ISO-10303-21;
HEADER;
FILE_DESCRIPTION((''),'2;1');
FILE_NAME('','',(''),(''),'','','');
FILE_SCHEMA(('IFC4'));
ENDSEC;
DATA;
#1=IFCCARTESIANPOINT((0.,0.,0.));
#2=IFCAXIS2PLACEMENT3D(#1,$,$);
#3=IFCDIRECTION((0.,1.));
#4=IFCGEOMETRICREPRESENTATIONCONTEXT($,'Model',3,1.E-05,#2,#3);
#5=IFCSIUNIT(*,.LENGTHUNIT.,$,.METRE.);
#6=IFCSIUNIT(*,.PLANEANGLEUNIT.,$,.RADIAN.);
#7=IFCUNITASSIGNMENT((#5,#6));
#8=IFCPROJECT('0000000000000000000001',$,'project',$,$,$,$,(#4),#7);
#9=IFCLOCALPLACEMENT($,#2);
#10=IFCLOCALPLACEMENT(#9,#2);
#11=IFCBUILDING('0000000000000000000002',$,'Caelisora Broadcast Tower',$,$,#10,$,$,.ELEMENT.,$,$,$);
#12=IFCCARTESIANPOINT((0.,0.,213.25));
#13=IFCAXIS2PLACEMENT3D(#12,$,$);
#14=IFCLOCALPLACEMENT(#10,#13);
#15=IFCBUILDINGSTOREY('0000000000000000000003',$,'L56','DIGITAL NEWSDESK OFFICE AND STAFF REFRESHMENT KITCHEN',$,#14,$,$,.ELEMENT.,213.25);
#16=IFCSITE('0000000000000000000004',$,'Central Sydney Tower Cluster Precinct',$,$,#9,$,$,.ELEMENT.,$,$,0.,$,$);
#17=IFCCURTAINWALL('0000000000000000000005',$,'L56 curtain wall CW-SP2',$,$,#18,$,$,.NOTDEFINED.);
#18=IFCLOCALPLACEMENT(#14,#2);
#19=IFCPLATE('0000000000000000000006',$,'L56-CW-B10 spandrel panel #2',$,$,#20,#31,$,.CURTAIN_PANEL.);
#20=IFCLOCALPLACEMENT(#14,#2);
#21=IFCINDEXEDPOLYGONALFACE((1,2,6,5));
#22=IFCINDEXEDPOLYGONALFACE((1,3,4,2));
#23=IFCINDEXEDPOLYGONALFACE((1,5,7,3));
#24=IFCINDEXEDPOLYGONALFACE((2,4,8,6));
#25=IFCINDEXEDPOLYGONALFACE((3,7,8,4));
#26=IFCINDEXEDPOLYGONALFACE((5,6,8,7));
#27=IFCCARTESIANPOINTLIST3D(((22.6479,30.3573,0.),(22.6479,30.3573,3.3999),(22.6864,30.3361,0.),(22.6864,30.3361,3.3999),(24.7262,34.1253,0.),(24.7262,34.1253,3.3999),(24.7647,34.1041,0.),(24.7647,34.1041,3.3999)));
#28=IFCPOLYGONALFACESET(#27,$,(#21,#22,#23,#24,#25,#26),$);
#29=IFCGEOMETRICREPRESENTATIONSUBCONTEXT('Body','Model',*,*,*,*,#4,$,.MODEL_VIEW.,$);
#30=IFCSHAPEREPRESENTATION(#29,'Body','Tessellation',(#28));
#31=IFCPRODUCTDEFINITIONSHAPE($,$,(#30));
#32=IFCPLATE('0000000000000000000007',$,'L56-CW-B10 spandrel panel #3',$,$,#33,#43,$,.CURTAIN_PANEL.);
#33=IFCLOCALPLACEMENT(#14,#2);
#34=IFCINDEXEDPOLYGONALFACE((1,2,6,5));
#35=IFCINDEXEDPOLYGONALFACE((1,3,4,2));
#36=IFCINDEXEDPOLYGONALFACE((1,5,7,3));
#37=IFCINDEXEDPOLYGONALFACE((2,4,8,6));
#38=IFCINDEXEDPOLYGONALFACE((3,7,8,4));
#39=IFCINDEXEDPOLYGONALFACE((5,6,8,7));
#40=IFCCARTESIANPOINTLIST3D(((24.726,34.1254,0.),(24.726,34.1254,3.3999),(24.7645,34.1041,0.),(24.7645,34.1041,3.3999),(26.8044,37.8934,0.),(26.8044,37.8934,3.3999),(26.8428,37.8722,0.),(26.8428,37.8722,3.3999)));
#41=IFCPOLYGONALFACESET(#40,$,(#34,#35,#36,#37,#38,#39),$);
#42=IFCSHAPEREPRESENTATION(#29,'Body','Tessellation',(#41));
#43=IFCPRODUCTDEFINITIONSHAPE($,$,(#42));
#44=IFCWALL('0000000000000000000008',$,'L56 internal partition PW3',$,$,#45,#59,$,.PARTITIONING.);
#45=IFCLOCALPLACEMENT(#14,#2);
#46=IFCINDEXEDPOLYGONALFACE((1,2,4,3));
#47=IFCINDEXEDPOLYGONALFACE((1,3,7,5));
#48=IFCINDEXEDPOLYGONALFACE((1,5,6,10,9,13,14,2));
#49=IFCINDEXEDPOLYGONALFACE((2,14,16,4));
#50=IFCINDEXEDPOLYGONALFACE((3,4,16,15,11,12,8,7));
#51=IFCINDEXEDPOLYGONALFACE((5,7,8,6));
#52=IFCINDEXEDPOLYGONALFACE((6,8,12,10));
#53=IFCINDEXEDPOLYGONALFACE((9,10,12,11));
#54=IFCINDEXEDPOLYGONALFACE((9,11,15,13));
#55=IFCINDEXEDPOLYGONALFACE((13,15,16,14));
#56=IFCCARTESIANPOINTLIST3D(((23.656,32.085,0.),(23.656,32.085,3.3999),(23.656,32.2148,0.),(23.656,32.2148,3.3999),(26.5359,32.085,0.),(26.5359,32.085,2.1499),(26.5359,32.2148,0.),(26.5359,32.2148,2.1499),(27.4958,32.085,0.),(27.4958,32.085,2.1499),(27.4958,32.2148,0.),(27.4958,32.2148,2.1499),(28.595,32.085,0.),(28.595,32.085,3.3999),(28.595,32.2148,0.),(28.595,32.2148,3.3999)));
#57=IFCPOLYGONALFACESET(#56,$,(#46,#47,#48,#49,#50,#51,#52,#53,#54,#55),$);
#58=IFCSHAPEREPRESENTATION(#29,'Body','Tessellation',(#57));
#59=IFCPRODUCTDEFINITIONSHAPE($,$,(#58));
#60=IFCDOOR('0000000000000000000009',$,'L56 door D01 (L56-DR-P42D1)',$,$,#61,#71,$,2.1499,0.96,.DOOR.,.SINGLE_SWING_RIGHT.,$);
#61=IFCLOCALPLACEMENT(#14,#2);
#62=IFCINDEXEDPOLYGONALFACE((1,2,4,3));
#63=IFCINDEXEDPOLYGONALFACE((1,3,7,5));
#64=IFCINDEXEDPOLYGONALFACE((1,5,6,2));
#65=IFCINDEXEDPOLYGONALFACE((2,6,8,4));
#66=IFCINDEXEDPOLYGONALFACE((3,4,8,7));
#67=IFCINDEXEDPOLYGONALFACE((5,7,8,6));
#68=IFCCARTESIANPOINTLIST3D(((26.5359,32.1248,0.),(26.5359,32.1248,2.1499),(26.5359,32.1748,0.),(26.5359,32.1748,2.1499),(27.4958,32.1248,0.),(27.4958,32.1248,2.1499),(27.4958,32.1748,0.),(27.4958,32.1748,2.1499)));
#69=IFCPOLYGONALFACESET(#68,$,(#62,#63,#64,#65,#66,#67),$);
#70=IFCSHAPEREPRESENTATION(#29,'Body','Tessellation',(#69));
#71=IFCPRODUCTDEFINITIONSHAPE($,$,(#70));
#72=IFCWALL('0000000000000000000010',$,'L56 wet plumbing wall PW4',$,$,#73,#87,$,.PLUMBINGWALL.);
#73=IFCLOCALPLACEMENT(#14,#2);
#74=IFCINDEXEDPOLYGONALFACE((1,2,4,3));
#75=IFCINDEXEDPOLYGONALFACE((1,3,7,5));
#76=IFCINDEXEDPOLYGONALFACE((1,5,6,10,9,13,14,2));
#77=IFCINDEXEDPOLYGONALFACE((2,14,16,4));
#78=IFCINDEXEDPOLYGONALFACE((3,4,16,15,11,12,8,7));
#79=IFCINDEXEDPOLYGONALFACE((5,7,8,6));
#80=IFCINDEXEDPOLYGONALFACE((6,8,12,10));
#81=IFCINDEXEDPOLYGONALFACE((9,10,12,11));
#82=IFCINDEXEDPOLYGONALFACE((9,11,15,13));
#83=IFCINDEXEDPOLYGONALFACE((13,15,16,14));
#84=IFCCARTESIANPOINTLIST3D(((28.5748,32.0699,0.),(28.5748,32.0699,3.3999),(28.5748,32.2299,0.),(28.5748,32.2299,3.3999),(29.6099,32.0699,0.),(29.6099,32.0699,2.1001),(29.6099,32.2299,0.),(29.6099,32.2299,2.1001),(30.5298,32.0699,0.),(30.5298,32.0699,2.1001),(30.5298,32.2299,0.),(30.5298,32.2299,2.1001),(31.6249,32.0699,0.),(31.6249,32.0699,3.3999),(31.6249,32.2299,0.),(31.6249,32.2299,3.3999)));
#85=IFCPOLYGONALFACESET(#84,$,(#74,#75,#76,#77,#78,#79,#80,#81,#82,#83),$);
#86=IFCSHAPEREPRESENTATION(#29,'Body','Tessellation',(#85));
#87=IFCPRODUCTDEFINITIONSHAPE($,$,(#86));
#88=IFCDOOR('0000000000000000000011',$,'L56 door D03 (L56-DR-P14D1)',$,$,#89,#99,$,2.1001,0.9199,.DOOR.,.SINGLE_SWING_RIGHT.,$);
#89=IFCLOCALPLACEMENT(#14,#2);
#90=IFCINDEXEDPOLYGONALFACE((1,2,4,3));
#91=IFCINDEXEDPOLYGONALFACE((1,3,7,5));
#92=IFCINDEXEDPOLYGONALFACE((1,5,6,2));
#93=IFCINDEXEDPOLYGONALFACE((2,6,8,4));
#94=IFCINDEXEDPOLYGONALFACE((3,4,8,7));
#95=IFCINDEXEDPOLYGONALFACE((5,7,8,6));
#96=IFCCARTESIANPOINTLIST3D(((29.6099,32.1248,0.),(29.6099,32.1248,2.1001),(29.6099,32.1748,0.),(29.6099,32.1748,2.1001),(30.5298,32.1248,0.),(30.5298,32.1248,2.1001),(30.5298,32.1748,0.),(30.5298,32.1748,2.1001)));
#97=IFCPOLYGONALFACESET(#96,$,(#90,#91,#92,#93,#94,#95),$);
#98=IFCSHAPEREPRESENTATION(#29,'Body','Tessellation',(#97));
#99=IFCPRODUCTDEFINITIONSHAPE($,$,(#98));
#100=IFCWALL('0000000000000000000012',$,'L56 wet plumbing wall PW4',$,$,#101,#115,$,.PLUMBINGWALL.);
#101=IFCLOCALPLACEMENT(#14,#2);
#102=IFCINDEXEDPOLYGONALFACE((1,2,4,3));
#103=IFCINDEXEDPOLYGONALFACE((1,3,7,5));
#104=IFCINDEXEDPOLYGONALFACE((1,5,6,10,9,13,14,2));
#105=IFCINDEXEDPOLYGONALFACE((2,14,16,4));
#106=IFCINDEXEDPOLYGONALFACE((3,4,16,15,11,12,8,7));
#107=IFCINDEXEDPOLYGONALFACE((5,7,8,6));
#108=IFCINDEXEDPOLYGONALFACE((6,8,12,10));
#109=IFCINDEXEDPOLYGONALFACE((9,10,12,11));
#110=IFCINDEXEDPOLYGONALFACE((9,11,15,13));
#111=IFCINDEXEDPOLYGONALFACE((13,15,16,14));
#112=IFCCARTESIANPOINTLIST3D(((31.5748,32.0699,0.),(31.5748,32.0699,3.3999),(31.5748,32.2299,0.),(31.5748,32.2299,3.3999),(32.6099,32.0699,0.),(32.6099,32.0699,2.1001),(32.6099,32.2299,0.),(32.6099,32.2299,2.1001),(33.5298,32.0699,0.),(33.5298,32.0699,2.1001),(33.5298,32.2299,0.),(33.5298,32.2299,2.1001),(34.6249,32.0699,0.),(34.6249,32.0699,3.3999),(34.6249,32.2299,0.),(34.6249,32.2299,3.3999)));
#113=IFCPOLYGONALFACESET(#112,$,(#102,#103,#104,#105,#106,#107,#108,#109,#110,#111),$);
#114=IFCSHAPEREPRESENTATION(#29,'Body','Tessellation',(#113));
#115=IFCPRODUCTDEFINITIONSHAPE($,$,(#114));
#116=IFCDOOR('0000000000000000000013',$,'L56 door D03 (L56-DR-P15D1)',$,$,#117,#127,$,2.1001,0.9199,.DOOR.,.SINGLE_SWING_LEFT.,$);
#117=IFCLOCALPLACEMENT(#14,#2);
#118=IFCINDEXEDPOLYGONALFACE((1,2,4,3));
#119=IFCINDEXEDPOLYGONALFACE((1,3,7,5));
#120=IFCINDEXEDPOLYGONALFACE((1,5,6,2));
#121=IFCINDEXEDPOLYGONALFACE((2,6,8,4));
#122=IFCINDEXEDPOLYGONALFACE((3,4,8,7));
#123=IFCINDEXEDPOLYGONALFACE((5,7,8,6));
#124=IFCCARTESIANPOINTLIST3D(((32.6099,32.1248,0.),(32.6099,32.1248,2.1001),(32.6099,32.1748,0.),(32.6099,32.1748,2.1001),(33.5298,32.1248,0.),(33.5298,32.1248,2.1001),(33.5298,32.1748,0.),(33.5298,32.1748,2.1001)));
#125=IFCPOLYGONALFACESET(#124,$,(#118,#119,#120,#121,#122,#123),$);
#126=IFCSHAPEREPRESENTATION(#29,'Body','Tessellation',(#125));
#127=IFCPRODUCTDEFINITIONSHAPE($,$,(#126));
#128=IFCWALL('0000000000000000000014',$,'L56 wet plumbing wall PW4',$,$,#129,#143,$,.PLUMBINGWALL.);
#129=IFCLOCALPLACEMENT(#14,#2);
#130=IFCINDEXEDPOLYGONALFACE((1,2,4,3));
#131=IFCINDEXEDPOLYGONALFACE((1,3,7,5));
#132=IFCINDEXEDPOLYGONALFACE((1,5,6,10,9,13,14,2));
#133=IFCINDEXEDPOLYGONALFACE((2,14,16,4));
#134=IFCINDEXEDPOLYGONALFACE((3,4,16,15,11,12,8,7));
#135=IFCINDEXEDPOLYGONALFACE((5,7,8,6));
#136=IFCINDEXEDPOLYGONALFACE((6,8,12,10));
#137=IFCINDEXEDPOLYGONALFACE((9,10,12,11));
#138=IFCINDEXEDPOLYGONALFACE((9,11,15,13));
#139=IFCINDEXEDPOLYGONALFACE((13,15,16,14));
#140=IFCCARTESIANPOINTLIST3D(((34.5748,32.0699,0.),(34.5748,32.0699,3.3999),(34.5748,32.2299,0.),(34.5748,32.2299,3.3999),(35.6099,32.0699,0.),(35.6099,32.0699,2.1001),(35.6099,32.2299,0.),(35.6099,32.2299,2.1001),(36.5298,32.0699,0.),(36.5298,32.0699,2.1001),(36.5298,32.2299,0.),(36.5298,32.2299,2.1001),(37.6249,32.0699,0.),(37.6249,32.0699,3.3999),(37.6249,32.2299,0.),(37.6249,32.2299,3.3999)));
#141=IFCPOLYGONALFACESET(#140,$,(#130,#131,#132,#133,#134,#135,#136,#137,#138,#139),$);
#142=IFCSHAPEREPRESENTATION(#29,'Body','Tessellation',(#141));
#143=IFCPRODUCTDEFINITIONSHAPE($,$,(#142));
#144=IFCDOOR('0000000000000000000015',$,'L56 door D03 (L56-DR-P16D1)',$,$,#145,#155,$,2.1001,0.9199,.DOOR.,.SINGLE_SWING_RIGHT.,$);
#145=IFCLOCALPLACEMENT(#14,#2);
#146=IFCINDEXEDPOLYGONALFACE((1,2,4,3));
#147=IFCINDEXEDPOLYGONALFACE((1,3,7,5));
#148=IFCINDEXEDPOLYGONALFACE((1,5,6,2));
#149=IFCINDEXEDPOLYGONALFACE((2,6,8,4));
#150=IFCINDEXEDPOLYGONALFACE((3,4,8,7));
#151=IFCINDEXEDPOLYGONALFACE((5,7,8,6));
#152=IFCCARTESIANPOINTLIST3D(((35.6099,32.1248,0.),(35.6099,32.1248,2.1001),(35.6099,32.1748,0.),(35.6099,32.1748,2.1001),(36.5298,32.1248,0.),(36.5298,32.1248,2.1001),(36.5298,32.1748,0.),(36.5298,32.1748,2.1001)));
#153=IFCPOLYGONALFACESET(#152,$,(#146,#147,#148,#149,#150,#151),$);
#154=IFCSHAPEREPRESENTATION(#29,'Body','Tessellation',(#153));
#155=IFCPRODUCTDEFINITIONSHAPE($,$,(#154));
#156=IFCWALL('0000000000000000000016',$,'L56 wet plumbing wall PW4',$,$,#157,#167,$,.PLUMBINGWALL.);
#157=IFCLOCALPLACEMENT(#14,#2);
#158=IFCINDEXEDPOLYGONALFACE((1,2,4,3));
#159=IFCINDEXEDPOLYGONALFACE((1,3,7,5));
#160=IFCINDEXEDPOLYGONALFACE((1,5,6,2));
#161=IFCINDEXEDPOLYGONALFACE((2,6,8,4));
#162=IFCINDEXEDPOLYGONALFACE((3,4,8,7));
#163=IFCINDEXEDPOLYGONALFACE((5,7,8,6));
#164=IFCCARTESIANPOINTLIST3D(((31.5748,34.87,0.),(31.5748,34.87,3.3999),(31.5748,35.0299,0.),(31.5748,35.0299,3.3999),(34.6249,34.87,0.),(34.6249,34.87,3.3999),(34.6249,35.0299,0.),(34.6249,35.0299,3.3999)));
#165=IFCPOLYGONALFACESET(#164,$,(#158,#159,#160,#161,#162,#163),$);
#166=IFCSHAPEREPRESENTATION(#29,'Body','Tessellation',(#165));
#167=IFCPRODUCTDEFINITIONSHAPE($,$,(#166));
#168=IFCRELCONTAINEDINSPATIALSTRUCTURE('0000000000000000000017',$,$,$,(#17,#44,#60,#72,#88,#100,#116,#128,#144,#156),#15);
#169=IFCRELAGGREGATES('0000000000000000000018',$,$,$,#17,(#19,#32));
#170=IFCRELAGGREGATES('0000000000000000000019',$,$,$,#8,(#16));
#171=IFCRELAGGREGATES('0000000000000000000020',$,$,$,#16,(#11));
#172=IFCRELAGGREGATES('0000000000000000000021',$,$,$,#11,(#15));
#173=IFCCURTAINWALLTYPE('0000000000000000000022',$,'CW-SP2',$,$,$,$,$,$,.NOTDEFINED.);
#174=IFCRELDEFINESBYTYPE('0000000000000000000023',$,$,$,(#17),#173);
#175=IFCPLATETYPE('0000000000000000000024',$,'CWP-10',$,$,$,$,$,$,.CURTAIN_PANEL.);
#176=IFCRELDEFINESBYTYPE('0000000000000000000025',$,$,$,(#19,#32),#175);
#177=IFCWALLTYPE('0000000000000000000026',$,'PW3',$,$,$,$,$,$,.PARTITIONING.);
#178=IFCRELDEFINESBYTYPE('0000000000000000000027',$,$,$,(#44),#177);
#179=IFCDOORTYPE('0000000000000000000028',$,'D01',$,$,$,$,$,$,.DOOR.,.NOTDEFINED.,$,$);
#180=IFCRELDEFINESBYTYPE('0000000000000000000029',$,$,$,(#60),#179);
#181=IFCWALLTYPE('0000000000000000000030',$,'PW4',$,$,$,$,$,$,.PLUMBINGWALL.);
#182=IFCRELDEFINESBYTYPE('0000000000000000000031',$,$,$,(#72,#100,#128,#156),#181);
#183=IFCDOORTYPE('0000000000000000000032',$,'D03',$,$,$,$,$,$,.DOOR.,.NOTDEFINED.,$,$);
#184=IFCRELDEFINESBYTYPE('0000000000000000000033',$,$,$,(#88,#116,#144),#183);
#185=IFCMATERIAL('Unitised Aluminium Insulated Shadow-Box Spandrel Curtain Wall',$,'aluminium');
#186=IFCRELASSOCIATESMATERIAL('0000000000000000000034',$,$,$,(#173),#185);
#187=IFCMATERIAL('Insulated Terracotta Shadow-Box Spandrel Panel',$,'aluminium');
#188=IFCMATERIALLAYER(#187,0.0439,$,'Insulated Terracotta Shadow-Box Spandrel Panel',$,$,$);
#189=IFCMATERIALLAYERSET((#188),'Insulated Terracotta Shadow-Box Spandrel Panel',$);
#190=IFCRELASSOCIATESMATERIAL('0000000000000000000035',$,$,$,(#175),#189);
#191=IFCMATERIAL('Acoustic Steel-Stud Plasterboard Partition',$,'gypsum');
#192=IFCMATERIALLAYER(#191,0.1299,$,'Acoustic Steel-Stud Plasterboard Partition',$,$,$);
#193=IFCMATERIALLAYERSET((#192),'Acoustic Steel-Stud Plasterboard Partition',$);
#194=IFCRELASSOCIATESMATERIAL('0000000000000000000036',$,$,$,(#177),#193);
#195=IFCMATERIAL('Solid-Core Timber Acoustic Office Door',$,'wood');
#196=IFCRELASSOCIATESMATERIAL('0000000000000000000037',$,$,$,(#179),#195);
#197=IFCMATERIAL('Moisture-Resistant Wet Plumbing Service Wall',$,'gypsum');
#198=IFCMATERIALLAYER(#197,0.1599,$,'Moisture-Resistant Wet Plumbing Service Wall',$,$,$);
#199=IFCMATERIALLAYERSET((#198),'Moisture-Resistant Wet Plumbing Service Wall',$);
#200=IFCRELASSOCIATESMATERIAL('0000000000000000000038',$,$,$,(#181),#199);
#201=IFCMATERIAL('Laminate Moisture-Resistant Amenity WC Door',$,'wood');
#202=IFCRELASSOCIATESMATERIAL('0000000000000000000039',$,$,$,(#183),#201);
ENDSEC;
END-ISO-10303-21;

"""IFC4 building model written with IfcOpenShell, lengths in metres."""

from ifc_helpers import new_model, si_unit, direction, frame, frame_2d, origin, origin_2d, place, context, subcontext, project, spatial, rectangle, extrude, source, transform, mapped, material, layer, layer_set, type_object, type_shapes, element, fill, aggregate, save


model = new_model("IFC4")

# Units and contexts
model_context = context("Model", 3, precision=1e-05, world=origin(), true_north=direction((0.0, 1.0)))
body_context = subcontext(model_context, "Body", "Model", "MODEL_VIEW")
ifc_project = project(units=[si_unit("LENGTHUNIT", "METRE"), si_unit("PLANEANGLEUNIT", "RADIAN")], contexts=[model_context])

# Site, building, storey
site_placement = place(None, origin())
site = spatial("IfcSite", under=ifc_project, at=site_placement, Name="Central Sydney Tower Cluster Precinct", CompositionType="ELEMENT", RefElevation=0.0)
building_placement = place(site_placement, origin())
building = spatial("IfcBuilding", under=site, at=building_placement, Name="Caelisora Broadcast Tower", CompositionType="ELEMENT")
storey_placement = place(building_placement, frame((0.0, 0.0, 213.25)))
storey = spatial("IfcBuildingStorey", under=building, at=storey_placement, Name="L56", Description="DIGITAL NEWSDESK OFFICE AND STAFF REFRESHMENT KITCHEN", CompositionType="ELEMENT", Elevation=213.25)

# Curtain wall, plates
ifc_material_1 = material(Name="Unitised Aluminium Insulated Shadow-Box Spandrel Curtain Wall", Category="aluminium")
curtain_wall_type = type_object("IfcCurtainWallType", Name="CW-SP2", PredefinedType="NOTDEFINED", material=ifc_material_1)
curtain_wall_placement = place(storey_placement, origin())
curtain_wall = element("IfcCurtainWall", 1, at=curtain_wall_placement, inside=storey, type_object=curtain_wall_type, Name="L56 curtain wall CW-SP2", PredefinedType="NOTDEFINED")
ifc_material_2 = material(Name="Insulated Terracotta Shadow-Box Spandrel Panel", Category="aluminium")
ifc_layer_1 = layer(ifc_material_2, 0.0439, Name="Insulated Terracotta Shadow-Box Spandrel Panel")
ifc_layer_set_1 = layer_set([ifc_layer_1], Name="Insulated Terracotta Shadow-Box Spandrel Panel")
plate_type = type_object("IfcPlateType", Name="CWP-10", PredefinedType="CURTAIN_PANEL", material=ifc_layer_set_1)
shared_shape_1 = source(origin(), body_context, "Body", "SweptSolid", [
    extrude(rectangle(XDim=4.3032, YDim=0.0439, at=origin_2d()), origin(), (0.0, 0.0, 1.0), 3.3999),
])
type_shapes(plate_type, [shared_shape_1])
plate_1_placement = place(storey_placement, frame((23.7063, 32.2307, 0.0), z_axis=(0.0, 0.0, 1.0), x_axis=(0.482977, 0.875633, 0.0)))
plate_1 = element("IfcPlate", 2, at=plate_1_placement, type_object=plate_type, Name="L56-CW-B10 spandrel panel #2", PredefinedType="CURTAIN_PANEL", context=body_context, shape_type="MappedRepresentation", body=[
    mapped(shared_shape_1, transform((0.0, 0.0, 0.0), scale=1.0)),
])
plate_2_placement = place(storey_placement, frame((25.7844, 35.9988, 0.0), z_axis=(0.0, 0.0, 1.0), x_axis=(0.482977, 0.875633, 0.0)))
plate_2 = element("IfcPlate", 3, at=plate_2_placement, type_object=plate_type, Name="L56-CW-B10 spandrel panel #3", PredefinedType="CURTAIN_PANEL", context=body_context, shape_type="MappedRepresentation", body=[
    mapped(shared_shape_1, transform((0.0, 0.0, 0.0), scale=1.0)),
])
aggregate(curtain_wall, [plate_1, plate_2])

# Walls, openings, doors
ifc_material_3 = material(Name="Acoustic Steel-Stud Plasterboard Partition", Category="gypsum")
ifc_layer_2 = layer(ifc_material_3, 0.1299, Name="Acoustic Steel-Stud Plasterboard Partition")
ifc_layer_set_2 = layer_set([ifc_layer_2], Name="Acoustic Steel-Stud Plasterboard Partition")
wall_type_1 = type_object("IfcWallType", Name="PW3", PredefinedType="PARTITIONING", material=ifc_layer_set_2)
wall_1_placement = place(storey_placement, frame((23.656, 32.1499, 0.0), z_axis=(0.0, 0.0, 1.0), x_axis=(1.0, 0.0, 0.0)))
wall_1 = element("IfcWall", 4, at=wall_1_placement, inside=storey, type_object=wall_type_1, Name="L56 internal partition PW3", PredefinedType="PARTITIONING", context=body_context, shape_type="SweptSolid", body=[
    extrude(rectangle(XDim=4.939, YDim=0.1299, at=frame_2d((2.4695, 0.0))), origin(), (0.0, 0.0, 1.0), 3.3999),
])
opening_1_placement = place(wall_1_placement, frame((2.8799, 0.0, 0.0)))
opening_1 = element("IfcOpeningElement", 5, at=opening_1_placement, cuts=wall_1, PredefinedType="OPENING", context=body_context, shape_type="SweptSolid", body=[
    extrude(rectangle(XDim=0.96, YDim=2.1499, at=frame_2d((0.48, 1.075))), frame((0.0, 0.0769, 0.0), z_axis=(0.0, -1.0, 0.0), x_axis=(1.0, 0.0, 0.0)), (0.0, 0.0, 1.0), 0.1538),
])
ifc_material_4 = material(Name="Solid-Core Timber Acoustic Office Door", Category="wood")
door_type_1 = type_object("IfcDoorType", Name="D01", OperationType="NOTDEFINED", PredefinedType="DOOR", material=ifc_material_4)
door_1_placement = place(opening_1_placement, origin())
door_1 = element("IfcDoor", 6, at=door_1_placement, inside=storey, type_object=door_type_1, Name="L56 door D01 (L56-DR-P42D1)", OperationType="SINGLE_SWING_RIGHT", OverallHeight=2.1499, OverallWidth=0.96, PredefinedType="DOOR", context=body_context, shape_type="SweptSolid", body=[
    extrude(rectangle(XDim=0.96, YDim=2.1499, at=frame_2d((0.48, 1.075))), frame((0.0, 0.0249, 0.0), z_axis=(0.0, -1.0, 0.0), x_axis=(1.0, 0.0, 0.0)), (0.0, 0.0, 1.0), 0.05),
])
fill(opening_1, door_1)
ifc_material_5 = material(Name="Moisture-Resistant Wet Plumbing Service Wall", Category="gypsum")
ifc_layer_3 = layer(ifc_material_5, 0.1599, Name="Moisture-Resistant Wet Plumbing Service Wall")
ifc_layer_set_3 = layer_set([ifc_layer_3], Name="Moisture-Resistant Wet Plumbing Service Wall")
wall_type_2 = type_object("IfcWallType", Name="PW4", PredefinedType="PLUMBINGWALL", material=ifc_layer_set_3)
wall_2_placement = place(storey_placement, frame((28.575, 32.1499, 0.0), z_axis=(0.0, 0.0, 1.0), x_axis=(1.0, 0.0, 0.0)))
wall_2 = element("IfcWall", 7, at=wall_2_placement, inside=storey, type_object=wall_type_2, Name="L56 wet plumbing wall PW4", PredefinedType="PLUMBINGWALL", context=body_context, shape_type="SweptSolid", body=[
    extrude(rectangle(XDim=3.05, YDim=0.1599, at=frame_2d((1.5249, 0.0))), origin(), (0.0, 0.0, 1.0), 3.3999),
])
opening_2_placement = place(wall_2_placement, frame((1.0349, 0.0, 0.0)))
opening_2 = element("IfcOpeningElement", 8, at=opening_2_placement, cuts=wall_2, PredefinedType="OPENING", context=body_context, shape_type="SweptSolid", body=[
    extrude(rectangle(XDim=0.9199, YDim=2.1001, at=frame_2d((0.46, 1.05))), frame((0.0, 0.092, 0.0), z_axis=(0.0, -1.0, 0.0), x_axis=(1.0, 0.0, 0.0)), (0.0, 0.0, 1.0), 0.1838),
])
ifc_material_6 = material(Name="Laminate Moisture-Resistant Amenity WC Door", Category="wood")
door_type_2 = type_object("IfcDoorType", Name="D03", OperationType="NOTDEFINED", PredefinedType="DOOR", material=ifc_material_6)
door_2_placement = place(opening_2_placement, origin())
door_2 = element("IfcDoor", 9, at=door_2_placement, inside=storey, type_object=door_type_2, Name="L56 door D03 (L56-DR-P14D1)", OperationType="SINGLE_SWING_RIGHT", OverallHeight=2.1001, OverallWidth=0.9199, PredefinedType="DOOR", context=body_context, shape_type="SweptSolid", body=[
    extrude(rectangle(XDim=0.9199, YDim=2.1001, at=frame_2d((0.46, 1.05))), frame((0.0, 0.0249, 0.0), z_axis=(0.0, -1.0, 0.0), x_axis=(1.0, 0.0, 0.0)), (0.0, 0.0, 1.0), 0.05),
])
fill(opening_2, door_2)
wall_3_placement = place(storey_placement, frame((31.575, 32.1499, 0.0), z_axis=(0.0, 0.0, 1.0), x_axis=(1.0, 0.0, 0.0)))
wall_3 = element("IfcWall", 10, at=wall_3_placement, inside=storey, type_object=wall_type_2, Name="L56 wet plumbing wall PW4", PredefinedType="PLUMBINGWALL", context=body_context, shape_type="SweptSolid", body=[
    extrude(rectangle(XDim=3.05, YDim=0.1599, at=frame_2d((1.5249, 0.0))), origin(), (0.0, 0.0, 1.0), 3.3999),
])
opening_3_placement = place(wall_3_placement, frame((1.0349, 0.0, 0.0)))
opening_3 = element("IfcOpeningElement", 11, at=opening_3_placement, cuts=wall_3, PredefinedType="OPENING", context=body_context, shape_type="SweptSolid", body=[
    extrude(rectangle(XDim=0.9199, YDim=2.1001, at=frame_2d((0.46, 1.05))), frame((0.0, 0.092, 0.0), z_axis=(0.0, -1.0, 0.0), x_axis=(1.0, 0.0, 0.0)), (0.0, 0.0, 1.0), 0.1838),
])
door_3_placement = place(opening_3_placement, origin())
door_3 = element("IfcDoor", 12, at=door_3_placement, inside=storey, type_object=door_type_2, Name="L56 door D03 (L56-DR-P15D1)", OperationType="SINGLE_SWING_LEFT", OverallHeight=2.1001, OverallWidth=0.9199, PredefinedType="DOOR", context=body_context, shape_type="SweptSolid", body=[
    extrude(rectangle(XDim=0.9199, YDim=2.1001, at=frame_2d((0.46, 1.05))), frame((0.0, 0.0249, 0.0), z_axis=(0.0, -1.0, 0.0), x_axis=(1.0, 0.0, 0.0)), (0.0, 0.0, 1.0), 0.05),
])
fill(opening_3, door_3)
wall_4_placement = place(storey_placement, frame((34.575, 32.1499, 0.0), z_axis=(0.0, 0.0, 1.0), x_axis=(1.0, 0.0, 0.0)))
wall_4 = element("IfcWall", 13, at=wall_4_placement, inside=storey, type_object=wall_type_2, Name="L56 wet plumbing wall PW4", PredefinedType="PLUMBINGWALL", context=body_context, shape_type="SweptSolid", body=[
    extrude(rectangle(XDim=3.05, YDim=0.1599, at=frame_2d((1.5249, 0.0))), origin(), (0.0, 0.0, 1.0), 3.3999),
])
opening_4_placement = place(wall_4_placement, frame((1.0349, 0.0, 0.0)))
opening_4 = element("IfcOpeningElement", 14, at=opening_4_placement, cuts=wall_4, PredefinedType="OPENING", context=body_context, shape_type="SweptSolid", body=[
    extrude(rectangle(XDim=0.9199, YDim=2.1001, at=frame_2d((0.46, 1.05))), frame((0.0, 0.092, 0.0), z_axis=(0.0, -1.0, 0.0), x_axis=(1.0, 0.0, 0.0)), (0.0, 0.0, 1.0), 0.1838),
])
door_4_placement = place(opening_4_placement, origin())
door_4 = element("IfcDoor", 15, at=door_4_placement, inside=storey, type_object=door_type_2, Name="L56 door D03 (L56-DR-P16D1)", OperationType="SINGLE_SWING_RIGHT", OverallHeight=2.1001, OverallWidth=0.9199, PredefinedType="DOOR", context=body_context, shape_type="SweptSolid", body=[
    extrude(rectangle(XDim=0.9199, YDim=2.1001, at=frame_2d((0.46, 1.05))), frame((0.0, 0.0249, 0.0), z_axis=(0.0, -1.0, 0.0), x_axis=(1.0, 0.0, 0.0)), (0.0, 0.0, 1.0), 0.05),
])
fill(opening_4, door_4)

# Wall
wall_5_placement = place(storey_placement, frame((31.575, 34.95, 0.0), z_axis=(0.0, 0.0, 1.0), x_axis=(1.0, 0.0, 0.0)))
element("IfcWall", 16, at=wall_5_placement, inside=storey, type_object=wall_type_2, Name="L56 wet plumbing wall PW4", PredefinedType="PLUMBINGWALL", context=body_context, shape_type="SweptSolid", body=[
    extrude(rectangle(XDim=3.05, YDim=0.1599, at=frame_2d((1.5249, 0.0))), origin(), (0.0, 0.0, 1.0), 3.3999),
])

save(model, "model.ifc")
